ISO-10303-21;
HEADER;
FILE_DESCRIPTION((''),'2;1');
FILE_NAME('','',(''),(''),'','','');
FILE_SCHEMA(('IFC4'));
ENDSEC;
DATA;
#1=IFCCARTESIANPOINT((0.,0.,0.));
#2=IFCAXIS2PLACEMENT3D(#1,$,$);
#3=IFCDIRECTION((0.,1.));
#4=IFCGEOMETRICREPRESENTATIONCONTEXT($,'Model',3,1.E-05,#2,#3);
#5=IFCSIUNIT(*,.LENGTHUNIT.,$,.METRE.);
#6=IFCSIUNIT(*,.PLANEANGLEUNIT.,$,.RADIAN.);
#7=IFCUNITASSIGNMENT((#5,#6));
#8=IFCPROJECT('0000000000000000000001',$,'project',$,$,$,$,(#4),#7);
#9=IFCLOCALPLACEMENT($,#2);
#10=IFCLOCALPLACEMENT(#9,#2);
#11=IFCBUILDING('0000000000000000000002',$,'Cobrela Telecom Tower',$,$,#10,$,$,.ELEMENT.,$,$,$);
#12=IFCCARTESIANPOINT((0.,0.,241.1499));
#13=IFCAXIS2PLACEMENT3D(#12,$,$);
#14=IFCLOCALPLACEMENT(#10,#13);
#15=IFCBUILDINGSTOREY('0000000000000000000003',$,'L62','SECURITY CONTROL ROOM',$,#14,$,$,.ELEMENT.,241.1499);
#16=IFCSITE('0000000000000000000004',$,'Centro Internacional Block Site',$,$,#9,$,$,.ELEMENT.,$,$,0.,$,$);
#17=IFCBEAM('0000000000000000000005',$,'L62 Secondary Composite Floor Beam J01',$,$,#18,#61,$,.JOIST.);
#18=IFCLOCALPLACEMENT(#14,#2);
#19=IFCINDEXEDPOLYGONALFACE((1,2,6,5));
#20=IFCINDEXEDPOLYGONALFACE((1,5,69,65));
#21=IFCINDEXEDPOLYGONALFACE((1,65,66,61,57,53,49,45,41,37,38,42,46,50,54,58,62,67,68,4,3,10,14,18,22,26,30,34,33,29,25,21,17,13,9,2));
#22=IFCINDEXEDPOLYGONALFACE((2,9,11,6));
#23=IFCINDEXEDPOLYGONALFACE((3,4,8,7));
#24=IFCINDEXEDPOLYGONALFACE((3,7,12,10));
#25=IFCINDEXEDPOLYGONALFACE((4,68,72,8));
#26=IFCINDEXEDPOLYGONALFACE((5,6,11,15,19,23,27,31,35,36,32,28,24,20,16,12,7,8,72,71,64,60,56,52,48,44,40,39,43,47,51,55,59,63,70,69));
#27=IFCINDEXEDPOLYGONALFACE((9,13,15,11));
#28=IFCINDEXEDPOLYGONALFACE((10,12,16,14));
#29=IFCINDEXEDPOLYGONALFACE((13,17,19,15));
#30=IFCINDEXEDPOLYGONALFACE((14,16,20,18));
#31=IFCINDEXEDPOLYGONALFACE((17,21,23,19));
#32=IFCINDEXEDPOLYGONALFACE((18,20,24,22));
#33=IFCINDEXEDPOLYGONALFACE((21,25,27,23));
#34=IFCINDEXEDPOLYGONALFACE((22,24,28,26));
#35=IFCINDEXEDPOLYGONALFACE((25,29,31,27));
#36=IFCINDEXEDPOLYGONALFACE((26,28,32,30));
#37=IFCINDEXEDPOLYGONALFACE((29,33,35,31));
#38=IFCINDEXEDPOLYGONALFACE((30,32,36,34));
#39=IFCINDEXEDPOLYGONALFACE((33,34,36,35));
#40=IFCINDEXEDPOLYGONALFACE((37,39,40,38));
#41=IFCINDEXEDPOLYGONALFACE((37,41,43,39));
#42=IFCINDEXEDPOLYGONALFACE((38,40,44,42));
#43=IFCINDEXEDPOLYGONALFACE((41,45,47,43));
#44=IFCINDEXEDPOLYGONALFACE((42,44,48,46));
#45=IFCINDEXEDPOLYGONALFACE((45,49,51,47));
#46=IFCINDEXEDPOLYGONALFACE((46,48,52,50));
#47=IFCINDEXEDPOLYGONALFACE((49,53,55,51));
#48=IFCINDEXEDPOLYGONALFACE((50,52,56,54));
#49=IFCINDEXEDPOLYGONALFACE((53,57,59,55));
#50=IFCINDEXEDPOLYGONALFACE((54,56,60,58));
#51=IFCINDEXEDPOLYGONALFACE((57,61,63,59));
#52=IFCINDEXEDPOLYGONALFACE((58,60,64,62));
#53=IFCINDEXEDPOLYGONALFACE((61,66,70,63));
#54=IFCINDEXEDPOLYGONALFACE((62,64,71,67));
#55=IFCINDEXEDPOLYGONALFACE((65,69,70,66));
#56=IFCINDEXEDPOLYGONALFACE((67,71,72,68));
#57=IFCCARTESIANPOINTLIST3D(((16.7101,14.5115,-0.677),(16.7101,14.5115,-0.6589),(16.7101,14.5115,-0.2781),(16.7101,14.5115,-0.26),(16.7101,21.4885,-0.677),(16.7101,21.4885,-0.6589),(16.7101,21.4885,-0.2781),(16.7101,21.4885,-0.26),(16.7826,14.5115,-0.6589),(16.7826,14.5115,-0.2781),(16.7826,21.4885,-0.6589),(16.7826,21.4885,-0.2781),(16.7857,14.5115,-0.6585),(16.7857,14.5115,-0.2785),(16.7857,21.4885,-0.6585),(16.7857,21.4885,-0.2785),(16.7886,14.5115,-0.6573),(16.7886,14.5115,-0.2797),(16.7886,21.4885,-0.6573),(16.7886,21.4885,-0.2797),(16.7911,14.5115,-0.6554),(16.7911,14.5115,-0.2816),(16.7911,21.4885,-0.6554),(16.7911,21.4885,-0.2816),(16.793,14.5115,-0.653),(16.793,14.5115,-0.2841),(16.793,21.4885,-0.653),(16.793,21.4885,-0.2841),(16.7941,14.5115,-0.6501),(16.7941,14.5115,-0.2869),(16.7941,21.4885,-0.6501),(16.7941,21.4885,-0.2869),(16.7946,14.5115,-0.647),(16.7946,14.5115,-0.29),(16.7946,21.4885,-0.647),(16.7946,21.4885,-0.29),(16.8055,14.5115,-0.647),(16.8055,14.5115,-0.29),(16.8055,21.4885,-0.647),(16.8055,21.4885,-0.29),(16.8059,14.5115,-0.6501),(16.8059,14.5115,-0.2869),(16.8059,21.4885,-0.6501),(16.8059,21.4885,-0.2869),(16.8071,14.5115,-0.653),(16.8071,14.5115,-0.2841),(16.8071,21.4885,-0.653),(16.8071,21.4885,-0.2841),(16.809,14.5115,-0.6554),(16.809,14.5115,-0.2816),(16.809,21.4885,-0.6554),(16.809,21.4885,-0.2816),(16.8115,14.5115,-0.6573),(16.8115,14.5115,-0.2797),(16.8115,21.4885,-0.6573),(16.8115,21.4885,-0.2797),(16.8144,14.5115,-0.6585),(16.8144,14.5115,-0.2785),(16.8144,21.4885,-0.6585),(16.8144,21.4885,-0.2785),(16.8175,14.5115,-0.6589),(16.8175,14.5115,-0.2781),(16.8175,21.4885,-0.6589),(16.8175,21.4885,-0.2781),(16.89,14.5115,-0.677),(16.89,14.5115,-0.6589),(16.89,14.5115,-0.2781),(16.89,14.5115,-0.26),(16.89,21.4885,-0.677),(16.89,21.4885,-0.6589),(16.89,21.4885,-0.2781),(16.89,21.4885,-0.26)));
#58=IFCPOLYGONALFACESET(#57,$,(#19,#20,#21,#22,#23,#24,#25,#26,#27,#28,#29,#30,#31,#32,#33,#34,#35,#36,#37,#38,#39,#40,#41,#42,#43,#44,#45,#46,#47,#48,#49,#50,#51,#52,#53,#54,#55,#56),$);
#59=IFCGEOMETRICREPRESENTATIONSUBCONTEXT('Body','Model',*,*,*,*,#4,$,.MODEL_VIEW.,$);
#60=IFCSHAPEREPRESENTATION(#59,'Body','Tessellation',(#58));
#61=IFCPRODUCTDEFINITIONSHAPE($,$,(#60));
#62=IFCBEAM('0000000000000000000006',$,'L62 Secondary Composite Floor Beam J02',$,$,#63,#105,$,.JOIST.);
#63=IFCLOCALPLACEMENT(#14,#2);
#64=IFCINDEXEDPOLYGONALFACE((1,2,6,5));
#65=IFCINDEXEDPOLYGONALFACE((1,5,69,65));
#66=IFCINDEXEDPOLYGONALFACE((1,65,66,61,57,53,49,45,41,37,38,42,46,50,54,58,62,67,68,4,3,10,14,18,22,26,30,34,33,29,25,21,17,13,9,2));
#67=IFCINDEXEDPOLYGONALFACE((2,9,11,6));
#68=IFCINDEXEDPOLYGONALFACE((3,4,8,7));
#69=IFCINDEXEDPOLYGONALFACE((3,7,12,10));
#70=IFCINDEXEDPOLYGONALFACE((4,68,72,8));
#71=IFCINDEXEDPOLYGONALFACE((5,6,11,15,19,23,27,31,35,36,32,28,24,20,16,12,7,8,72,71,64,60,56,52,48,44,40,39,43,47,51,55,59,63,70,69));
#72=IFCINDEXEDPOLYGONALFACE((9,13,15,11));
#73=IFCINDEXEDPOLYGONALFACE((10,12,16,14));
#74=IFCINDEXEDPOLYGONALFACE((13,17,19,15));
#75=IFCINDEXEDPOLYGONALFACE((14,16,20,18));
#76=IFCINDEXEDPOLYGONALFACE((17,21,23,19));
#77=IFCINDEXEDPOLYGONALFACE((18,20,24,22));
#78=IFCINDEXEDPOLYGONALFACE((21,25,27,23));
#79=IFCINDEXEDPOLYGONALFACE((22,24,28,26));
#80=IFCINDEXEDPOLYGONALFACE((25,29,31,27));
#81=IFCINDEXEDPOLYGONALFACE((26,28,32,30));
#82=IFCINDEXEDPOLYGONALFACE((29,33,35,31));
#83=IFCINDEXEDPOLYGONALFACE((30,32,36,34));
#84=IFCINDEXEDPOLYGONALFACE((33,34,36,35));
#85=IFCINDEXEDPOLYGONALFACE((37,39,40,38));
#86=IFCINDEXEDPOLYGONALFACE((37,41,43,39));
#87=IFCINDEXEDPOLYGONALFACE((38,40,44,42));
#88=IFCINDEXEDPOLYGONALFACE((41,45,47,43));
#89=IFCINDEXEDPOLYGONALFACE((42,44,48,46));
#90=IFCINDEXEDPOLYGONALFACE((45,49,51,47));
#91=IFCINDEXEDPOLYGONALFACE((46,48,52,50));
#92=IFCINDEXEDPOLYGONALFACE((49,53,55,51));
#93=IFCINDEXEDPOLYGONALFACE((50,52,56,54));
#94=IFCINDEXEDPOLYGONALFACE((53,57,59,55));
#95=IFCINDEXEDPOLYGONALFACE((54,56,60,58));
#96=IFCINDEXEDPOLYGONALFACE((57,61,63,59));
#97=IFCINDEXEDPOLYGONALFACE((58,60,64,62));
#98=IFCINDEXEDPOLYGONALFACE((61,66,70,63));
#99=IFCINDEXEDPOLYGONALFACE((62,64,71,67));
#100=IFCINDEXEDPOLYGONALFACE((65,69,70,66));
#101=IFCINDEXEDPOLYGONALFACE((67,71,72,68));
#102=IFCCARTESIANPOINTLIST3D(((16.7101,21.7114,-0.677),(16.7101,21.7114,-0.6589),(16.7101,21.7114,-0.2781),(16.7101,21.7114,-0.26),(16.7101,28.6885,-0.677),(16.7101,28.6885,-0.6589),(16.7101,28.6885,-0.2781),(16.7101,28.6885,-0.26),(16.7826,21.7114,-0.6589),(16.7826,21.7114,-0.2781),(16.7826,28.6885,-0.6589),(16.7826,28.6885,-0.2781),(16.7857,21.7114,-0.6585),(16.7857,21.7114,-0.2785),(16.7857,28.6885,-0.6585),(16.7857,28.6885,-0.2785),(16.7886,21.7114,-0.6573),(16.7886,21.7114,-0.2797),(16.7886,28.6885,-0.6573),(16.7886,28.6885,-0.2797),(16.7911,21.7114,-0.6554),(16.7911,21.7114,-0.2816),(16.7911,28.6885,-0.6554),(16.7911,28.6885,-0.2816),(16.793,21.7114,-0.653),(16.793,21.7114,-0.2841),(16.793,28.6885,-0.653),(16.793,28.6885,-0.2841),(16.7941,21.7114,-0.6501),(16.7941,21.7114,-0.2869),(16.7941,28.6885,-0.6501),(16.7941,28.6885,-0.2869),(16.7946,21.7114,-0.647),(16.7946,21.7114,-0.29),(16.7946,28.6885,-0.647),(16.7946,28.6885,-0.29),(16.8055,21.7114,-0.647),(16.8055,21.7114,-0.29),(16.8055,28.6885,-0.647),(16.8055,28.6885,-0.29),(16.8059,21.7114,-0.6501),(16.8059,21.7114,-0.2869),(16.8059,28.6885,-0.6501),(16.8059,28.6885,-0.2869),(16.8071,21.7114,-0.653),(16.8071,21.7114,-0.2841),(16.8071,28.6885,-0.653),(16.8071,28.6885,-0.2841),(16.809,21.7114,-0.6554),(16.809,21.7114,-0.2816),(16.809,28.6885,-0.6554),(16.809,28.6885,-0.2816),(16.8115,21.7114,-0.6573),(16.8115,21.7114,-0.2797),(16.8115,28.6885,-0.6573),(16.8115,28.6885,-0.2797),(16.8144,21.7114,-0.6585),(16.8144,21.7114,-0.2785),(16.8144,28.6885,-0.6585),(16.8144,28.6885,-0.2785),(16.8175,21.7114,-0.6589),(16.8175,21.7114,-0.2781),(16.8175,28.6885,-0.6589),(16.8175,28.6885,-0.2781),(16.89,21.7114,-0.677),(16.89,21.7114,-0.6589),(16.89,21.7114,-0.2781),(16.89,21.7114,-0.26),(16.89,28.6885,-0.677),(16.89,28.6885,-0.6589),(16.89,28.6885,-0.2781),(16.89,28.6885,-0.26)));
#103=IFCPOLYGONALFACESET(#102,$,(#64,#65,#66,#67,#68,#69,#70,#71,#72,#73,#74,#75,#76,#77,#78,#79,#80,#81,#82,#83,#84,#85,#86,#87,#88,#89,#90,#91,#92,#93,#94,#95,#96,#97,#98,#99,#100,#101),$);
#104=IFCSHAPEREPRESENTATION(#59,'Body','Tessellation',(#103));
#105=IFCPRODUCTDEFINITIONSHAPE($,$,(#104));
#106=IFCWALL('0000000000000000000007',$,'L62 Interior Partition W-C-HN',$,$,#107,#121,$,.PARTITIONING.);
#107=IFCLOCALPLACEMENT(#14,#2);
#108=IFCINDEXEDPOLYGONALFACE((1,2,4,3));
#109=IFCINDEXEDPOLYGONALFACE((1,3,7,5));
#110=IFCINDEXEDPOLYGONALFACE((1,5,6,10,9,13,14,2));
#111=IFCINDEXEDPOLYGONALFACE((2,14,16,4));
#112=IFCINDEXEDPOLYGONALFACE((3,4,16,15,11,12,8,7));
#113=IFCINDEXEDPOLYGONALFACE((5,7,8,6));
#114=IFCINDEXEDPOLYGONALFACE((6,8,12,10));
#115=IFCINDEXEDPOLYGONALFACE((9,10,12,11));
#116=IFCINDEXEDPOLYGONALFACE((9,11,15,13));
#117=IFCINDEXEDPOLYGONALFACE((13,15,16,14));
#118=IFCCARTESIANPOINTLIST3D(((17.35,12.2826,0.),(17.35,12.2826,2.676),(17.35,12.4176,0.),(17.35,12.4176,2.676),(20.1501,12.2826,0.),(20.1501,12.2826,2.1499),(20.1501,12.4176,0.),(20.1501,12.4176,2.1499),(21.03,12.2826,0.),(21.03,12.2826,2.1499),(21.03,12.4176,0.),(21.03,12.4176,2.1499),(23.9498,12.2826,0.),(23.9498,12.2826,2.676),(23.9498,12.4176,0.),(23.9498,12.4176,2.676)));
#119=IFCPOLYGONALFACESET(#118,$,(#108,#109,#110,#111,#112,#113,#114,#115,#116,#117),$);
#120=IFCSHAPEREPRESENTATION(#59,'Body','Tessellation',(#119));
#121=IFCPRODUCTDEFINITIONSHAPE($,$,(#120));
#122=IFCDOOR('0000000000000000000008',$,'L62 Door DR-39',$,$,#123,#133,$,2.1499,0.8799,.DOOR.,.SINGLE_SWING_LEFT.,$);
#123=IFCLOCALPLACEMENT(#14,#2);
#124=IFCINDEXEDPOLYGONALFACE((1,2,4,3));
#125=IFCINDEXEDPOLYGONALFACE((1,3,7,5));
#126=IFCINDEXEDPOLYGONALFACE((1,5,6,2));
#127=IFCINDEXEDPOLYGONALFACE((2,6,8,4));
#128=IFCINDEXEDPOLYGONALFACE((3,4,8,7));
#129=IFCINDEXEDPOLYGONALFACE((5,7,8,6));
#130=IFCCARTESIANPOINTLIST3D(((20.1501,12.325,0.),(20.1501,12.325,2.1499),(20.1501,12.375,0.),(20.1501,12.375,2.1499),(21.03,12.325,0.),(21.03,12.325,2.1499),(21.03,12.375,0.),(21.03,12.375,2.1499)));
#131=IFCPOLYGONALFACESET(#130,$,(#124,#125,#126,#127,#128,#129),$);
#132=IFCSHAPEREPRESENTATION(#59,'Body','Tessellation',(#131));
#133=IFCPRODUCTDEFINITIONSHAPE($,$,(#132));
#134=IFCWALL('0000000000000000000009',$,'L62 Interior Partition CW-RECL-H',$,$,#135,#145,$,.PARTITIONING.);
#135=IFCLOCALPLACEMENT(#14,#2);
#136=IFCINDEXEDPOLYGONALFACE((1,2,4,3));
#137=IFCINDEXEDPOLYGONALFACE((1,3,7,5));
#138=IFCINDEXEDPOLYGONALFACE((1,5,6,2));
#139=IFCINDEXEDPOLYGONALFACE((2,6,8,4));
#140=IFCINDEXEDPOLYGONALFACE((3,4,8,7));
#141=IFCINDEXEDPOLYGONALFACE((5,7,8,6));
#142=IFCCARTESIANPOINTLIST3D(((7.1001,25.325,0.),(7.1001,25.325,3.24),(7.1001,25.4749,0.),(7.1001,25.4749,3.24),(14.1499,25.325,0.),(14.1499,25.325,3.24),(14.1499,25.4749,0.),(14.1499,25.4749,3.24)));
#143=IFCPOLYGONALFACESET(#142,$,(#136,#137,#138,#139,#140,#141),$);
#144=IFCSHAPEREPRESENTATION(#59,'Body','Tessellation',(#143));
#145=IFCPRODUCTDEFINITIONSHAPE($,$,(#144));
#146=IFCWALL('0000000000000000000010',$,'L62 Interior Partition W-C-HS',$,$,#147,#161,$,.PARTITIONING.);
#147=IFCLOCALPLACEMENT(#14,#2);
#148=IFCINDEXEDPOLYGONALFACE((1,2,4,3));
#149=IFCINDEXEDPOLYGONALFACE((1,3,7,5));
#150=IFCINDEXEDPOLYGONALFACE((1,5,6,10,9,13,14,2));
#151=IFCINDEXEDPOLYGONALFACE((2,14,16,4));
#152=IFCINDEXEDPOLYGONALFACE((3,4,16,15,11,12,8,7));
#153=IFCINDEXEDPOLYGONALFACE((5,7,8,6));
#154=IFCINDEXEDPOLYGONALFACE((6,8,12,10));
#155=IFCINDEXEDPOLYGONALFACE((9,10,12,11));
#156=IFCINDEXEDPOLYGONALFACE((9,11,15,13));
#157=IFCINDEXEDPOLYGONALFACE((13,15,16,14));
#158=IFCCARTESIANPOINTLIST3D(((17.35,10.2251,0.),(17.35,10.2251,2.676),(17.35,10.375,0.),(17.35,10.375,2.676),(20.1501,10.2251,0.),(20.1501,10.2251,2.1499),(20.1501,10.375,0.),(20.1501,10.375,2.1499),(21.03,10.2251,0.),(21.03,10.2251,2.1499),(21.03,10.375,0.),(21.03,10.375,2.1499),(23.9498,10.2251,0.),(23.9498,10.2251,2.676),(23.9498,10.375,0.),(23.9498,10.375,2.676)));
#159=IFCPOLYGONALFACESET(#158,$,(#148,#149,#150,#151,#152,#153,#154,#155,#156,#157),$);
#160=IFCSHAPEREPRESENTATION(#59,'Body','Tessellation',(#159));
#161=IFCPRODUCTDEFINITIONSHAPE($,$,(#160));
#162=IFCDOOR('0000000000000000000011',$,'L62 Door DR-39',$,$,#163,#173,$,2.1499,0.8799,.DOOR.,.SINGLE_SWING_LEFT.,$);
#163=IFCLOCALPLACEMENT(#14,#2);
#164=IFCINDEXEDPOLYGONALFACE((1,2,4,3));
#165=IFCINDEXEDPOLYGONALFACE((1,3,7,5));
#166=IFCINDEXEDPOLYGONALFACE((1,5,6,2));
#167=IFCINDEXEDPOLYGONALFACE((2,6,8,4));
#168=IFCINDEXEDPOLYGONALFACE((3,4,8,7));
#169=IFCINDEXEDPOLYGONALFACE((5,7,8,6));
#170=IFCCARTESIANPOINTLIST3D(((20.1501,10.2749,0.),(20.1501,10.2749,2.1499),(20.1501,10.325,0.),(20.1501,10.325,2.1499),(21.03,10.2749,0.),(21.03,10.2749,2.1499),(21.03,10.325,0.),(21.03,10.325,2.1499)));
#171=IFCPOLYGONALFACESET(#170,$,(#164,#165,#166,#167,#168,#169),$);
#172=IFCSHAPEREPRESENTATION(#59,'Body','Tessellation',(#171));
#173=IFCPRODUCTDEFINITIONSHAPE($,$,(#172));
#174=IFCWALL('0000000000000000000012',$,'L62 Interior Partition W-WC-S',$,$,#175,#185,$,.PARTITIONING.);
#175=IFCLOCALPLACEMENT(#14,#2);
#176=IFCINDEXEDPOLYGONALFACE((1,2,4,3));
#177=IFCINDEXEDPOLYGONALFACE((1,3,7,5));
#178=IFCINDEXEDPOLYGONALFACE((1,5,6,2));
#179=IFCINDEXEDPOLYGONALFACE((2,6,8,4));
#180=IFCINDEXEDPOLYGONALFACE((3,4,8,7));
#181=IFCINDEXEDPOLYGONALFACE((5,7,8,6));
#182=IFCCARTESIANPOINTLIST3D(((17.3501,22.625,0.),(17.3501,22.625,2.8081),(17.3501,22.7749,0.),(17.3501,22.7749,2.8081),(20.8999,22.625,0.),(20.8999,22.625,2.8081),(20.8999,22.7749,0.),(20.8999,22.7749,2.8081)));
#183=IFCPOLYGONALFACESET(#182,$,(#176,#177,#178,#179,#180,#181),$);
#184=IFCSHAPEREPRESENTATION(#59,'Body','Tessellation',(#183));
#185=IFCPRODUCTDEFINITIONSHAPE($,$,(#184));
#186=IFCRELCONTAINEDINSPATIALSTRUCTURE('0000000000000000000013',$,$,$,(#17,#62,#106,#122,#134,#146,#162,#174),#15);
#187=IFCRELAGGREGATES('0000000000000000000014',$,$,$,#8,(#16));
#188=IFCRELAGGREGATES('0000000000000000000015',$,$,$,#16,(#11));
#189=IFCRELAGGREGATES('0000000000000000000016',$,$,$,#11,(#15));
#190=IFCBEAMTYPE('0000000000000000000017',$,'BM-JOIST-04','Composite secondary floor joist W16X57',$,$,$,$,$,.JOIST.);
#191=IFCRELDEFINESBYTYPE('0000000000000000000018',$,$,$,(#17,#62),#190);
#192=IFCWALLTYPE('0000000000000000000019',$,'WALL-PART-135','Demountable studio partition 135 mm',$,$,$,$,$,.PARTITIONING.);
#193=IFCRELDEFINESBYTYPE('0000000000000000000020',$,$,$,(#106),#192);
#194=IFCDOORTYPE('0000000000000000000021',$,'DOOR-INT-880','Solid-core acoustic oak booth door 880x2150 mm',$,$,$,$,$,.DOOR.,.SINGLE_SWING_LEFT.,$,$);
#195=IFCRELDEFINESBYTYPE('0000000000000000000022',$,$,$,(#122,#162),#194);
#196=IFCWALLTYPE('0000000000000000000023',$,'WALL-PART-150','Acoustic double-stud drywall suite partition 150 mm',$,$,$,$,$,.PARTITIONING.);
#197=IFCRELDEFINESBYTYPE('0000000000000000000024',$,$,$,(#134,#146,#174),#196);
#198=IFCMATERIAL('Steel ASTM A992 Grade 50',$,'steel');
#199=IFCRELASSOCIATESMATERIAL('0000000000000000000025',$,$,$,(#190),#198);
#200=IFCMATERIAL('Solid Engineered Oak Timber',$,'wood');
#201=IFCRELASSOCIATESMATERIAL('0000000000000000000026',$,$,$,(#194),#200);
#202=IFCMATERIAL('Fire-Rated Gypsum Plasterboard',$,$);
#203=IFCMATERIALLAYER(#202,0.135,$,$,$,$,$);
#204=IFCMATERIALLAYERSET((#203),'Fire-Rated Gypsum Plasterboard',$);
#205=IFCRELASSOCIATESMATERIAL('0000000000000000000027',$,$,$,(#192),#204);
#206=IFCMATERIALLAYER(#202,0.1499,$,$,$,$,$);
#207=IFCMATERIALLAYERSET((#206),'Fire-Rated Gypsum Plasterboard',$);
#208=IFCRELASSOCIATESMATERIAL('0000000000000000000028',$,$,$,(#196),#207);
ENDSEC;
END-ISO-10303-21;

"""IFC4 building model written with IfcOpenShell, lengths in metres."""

from ifc_helpers import new_model, si_unit, direction, frame, frame_2d, origin, origin_2d, place, context, subcontext, project, spatial, rectangle, i_section, extrude, material, layer, layer_set, material_profile, profile_set, type_object, element, fill, save


model = new_model("IFC4")

# Units and contexts
model_context = context("Model", 3, precision=1e-05, world=origin(), true_north=direction((0.0, 1.0)))
body_context = subcontext(model_context, "Body", "Model", "MODEL_VIEW")
ifc_project = project(units=[si_unit("LENGTHUNIT", "METRE"), si_unit("PLANEANGLEUNIT", "RADIAN")], contexts=[model_context])

# Site, building, storey
site_placement = place(None, origin())
site = spatial("IfcSite", under=ifc_project, at=site_placement, Name="Centro Internacional Block Site", CompositionType="ELEMENT", RefElevation=0.0)
building_placement = place(site_placement, origin())
building = spatial("IfcBuilding", under=site, at=building_placement, Name="Cobrela Telecom Tower", CompositionType="ELEMENT")
storey_placement = place(building_placement, frame((0.0, 0.0, 241.1499)))
storey = spatial("IfcBuildingStorey", under=building, at=storey_placement, Name="L62", Description="SECURITY CONTROL ROOM", CompositionType="ELEMENT", Elevation=241.1499)

# Beams
ifc_material_1 = material(Name="Steel ASTM A992 Grade 50", Category="steel")
ifc_material_profile_1 = material_profile(ifc_material_1, i_section(OverallWidth=0.1799, OverallDepth=0.417, WebThickness=0.011, FlangeThickness=0.0181, FilletRadius=0.012, at=origin_2d()), Name="W16X57")
ifc_profile_set_1 = profile_set([ifc_material_profile_1], Name="Steel ASTM A992 Grade 50")
beam_type_1 = type_object("IfcBeamType", Name="BM-JOIST-04", Description="Composite secondary floor joist W16X57", PredefinedType="JOIST", material=ifc_profile_set_1)
for number, where, z_axis, x_axis, name in (
    (1, (16.8, 14.5115, -0.4685), (0.0, 1.0, 0.0), (-1.0, 0.0, 0.0), "L62 Secondary Composite Floor Beam J01"),
    (2, (16.8, 21.7114, -0.4685), (0.0, 1.0, 0.0), (-1.0, 0.0, 0.0), "L62 Secondary Composite Floor Beam J02"),
):
    element("IfcBeam", number, at=place(storey_placement, frame(where, z_axis=z_axis, x_axis=x_axis)), inside=storey, type_object=beam_type_1, Name=name, PredefinedType="JOIST", context=body_context, shape_type="SweptSolid", body=[
        extrude(i_section(OverallWidth=0.1799, OverallDepth=0.417, WebThickness=0.011, FlangeThickness=0.0181, FilletRadius=0.012, at=origin_2d()), origin(), (0.0, 0.0, 1.0), 6.9771),
    ])

# Shared definitions
ifc_material_2 = material(Name="Fire-Rated Gypsum Plasterboard")
ifc_material_3 = material(Name="Solid Engineered Oak Timber", Category="wood")
door_type_1 = type_object("IfcDoorType", Name="DOOR-INT-880", Description="Solid-core acoustic oak booth door 880x2150 mm", OperationType="SINGLE_SWING_LEFT", PredefinedType="DOOR", material=ifc_material_3)

# Wall, opening, door
ifc_layer_1 = layer(ifc_material_2, 0.135)
ifc_layer_set_1 = layer_set([ifc_layer_1], Name="Fire-Rated Gypsum Plasterboard")
wall_type_1 = type_object("IfcWallType", Name="WALL-PART-135", Description="Demountable studio partition 135 mm", PredefinedType="PARTITIONING", material=ifc_layer_set_1)
wall_1_placement = place(storey_placement, frame((17.3501, 12.3501, 0.0), z_axis=(0.0, 0.0, 1.0), x_axis=(1.0, 0.0, 0.0)))
wall_1 = element("IfcWall", 3, at=wall_1_placement, inside=storey, type_object=wall_type_1, Name="L62 Interior Partition W-C-HN", PredefinedType="PARTITIONING", context=body_context, shape_type="SweptSolid", body=[
    extrude(rectangle(XDim=6.5999, YDim=0.135, at=frame_2d((3.2998, 0.0))), origin(), (0.0, 0.0, 1.0), 2.676),
])
opening_1_placement = place(wall_1_placement, frame((2.8, 0.0, 0.0)))
opening_1 = element("IfcOpeningElement", 4, at=opening_1_placement, cuts=wall_1, PredefinedType="OPENING", context=body_context, shape_type="SweptSolid", body=[
    extrude(rectangle(XDim=0.8799, YDim=2.1499, at=frame_2d((0.4399, 1.075))), frame((0.0, 0.0796, 0.0), z_axis=(0.0, -1.0, 0.0), x_axis=(1.0, 0.0, 0.0)), (0.0, 0.0, 1.0), 0.1589),
])
door_1_placement = place(opening_1_placement, origin())
door_1 = element("IfcDoor", 5, at=door_1_placement, inside=storey, type_object=door_type_1, Name="L62 Door DR-39", OperationType="SINGLE_SWING_LEFT", OverallHeight=2.1499, OverallWidth=0.8799, PredefinedType="DOOR", context=body_context, shape_type="SweptSolid", body=[
    extrude(rectangle(XDim=0.8799, YDim=2.1499, at=frame_2d((0.4399, 1.075))), frame((0.0, 0.0249, 0.0), z_axis=(0.0, -1.0, 0.0), x_axis=(1.0, 0.0, 0.0)), (0.0, 0.0, 1.0), 0.05),
])
fill(opening_1, door_1)

# Wall
ifc_layer_2 = layer(ifc_material_2, 0.1499)
ifc_layer_set_2 = layer_set([ifc_layer_2], Name="Fire-Rated Gypsum Plasterboard")
wall_type_2 = type_object("IfcWallType", Name="WALL-PART-150", Description="Acoustic double-stud drywall suite partition 150 mm", PredefinedType="PARTITIONING", material=ifc_layer_set_2)
wall_2_placement = place(storey_placement, frame((7.1001, 25.3999, 0.0), z_axis=(0.0, 0.0, 1.0), x_axis=(1.0, 0.0, 0.0)))
element("IfcWall", 6, at=wall_2_placement, inside=storey, type_object=wall_type_2, Name="L62 Interior Partition CW-RECL-H", PredefinedType="PARTITIONING", context=body_context, shape_type="SweptSolid", body=[
    extrude(rectangle(XDim=7.0498, YDim=0.1499, at=frame_2d((3.5249, 0.0))), origin(), (0.0, 0.0, 1.0), 3.24),
])

# Wall, opening, door
wall_3_placement = place(storey_placement, frame((17.3501, 10.3, 0.0), z_axis=(0.0, 0.0, 1.0), x_axis=(1.0, 0.0, 0.0)))
wall_3 = element("IfcWall", 7, at=wall_3_placement, inside=storey, type_object=wall_type_2, Name="L62 Interior Partition W-C-HS", PredefinedType="PARTITIONING", context=body_context, shape_type="SweptSolid", body=[
    extrude(rectangle(XDim=6.5999, YDim=0.1499, at=frame_2d((3.2998, 0.0))), origin(), (0.0, 0.0, 1.0), 2.676),
])
opening_2_placement = place(wall_3_placement, frame((2.8, 0.0, 0.0)))
opening_2 = element("IfcOpeningElement", 8, at=opening_2_placement, cuts=wall_3, PredefinedType="OPENING", context=body_context, shape_type="SweptSolid", body=[
    extrude(rectangle(XDim=0.8799, YDim=2.1499, at=frame_2d((0.4399, 1.075))), frame((0.0, 0.0869, 0.0), z_axis=(0.0, -1.0, 0.0), x_axis=(1.0, 0.0, 0.0)), (0.0, 0.0, 1.0), 0.1738),
])
door_2_placement = place(opening_2_placement, origin())
door_2 = element("IfcDoor", 9, at=door_2_placement, inside=storey, type_object=door_type_1, Name="L62 Door DR-39", OperationType="SINGLE_SWING_LEFT", OverallHeight=2.1499, OverallWidth=0.8799, PredefinedType="DOOR", context=body_context, shape_type="SweptSolid", body=[
    extrude(rectangle(XDim=0.8799, YDim=2.1499, at=frame_2d((0.4399, 1.075))), frame((0.0, 0.0249, 0.0), z_axis=(0.0, -1.0, 0.0), x_axis=(1.0, 0.0, 0.0)), (0.0, 0.0, 1.0), 0.05),
])
fill(opening_2, door_2)

# Wall
wall_4_placement = place(storey_placement, frame((17.3501, 22.7, 0.0), z_axis=(0.0, 0.0, 1.0), x_axis=(1.0, 0.0, 0.0)))
element("IfcWall", 10, at=wall_4_placement, inside=storey, type_object=wall_type_2, Name="L62 Interior Partition W-WC-S", PredefinedType="PARTITIONING", context=body_context, shape_type="SweptSolid", body=[
    extrude(rectangle(XDim=3.5498, YDim=0.1499, at=frame_2d((1.7749, 0.0))), origin(), (0.0, 0.0, 1.0), 2.8081),
])

save(model, "model.ifc")
